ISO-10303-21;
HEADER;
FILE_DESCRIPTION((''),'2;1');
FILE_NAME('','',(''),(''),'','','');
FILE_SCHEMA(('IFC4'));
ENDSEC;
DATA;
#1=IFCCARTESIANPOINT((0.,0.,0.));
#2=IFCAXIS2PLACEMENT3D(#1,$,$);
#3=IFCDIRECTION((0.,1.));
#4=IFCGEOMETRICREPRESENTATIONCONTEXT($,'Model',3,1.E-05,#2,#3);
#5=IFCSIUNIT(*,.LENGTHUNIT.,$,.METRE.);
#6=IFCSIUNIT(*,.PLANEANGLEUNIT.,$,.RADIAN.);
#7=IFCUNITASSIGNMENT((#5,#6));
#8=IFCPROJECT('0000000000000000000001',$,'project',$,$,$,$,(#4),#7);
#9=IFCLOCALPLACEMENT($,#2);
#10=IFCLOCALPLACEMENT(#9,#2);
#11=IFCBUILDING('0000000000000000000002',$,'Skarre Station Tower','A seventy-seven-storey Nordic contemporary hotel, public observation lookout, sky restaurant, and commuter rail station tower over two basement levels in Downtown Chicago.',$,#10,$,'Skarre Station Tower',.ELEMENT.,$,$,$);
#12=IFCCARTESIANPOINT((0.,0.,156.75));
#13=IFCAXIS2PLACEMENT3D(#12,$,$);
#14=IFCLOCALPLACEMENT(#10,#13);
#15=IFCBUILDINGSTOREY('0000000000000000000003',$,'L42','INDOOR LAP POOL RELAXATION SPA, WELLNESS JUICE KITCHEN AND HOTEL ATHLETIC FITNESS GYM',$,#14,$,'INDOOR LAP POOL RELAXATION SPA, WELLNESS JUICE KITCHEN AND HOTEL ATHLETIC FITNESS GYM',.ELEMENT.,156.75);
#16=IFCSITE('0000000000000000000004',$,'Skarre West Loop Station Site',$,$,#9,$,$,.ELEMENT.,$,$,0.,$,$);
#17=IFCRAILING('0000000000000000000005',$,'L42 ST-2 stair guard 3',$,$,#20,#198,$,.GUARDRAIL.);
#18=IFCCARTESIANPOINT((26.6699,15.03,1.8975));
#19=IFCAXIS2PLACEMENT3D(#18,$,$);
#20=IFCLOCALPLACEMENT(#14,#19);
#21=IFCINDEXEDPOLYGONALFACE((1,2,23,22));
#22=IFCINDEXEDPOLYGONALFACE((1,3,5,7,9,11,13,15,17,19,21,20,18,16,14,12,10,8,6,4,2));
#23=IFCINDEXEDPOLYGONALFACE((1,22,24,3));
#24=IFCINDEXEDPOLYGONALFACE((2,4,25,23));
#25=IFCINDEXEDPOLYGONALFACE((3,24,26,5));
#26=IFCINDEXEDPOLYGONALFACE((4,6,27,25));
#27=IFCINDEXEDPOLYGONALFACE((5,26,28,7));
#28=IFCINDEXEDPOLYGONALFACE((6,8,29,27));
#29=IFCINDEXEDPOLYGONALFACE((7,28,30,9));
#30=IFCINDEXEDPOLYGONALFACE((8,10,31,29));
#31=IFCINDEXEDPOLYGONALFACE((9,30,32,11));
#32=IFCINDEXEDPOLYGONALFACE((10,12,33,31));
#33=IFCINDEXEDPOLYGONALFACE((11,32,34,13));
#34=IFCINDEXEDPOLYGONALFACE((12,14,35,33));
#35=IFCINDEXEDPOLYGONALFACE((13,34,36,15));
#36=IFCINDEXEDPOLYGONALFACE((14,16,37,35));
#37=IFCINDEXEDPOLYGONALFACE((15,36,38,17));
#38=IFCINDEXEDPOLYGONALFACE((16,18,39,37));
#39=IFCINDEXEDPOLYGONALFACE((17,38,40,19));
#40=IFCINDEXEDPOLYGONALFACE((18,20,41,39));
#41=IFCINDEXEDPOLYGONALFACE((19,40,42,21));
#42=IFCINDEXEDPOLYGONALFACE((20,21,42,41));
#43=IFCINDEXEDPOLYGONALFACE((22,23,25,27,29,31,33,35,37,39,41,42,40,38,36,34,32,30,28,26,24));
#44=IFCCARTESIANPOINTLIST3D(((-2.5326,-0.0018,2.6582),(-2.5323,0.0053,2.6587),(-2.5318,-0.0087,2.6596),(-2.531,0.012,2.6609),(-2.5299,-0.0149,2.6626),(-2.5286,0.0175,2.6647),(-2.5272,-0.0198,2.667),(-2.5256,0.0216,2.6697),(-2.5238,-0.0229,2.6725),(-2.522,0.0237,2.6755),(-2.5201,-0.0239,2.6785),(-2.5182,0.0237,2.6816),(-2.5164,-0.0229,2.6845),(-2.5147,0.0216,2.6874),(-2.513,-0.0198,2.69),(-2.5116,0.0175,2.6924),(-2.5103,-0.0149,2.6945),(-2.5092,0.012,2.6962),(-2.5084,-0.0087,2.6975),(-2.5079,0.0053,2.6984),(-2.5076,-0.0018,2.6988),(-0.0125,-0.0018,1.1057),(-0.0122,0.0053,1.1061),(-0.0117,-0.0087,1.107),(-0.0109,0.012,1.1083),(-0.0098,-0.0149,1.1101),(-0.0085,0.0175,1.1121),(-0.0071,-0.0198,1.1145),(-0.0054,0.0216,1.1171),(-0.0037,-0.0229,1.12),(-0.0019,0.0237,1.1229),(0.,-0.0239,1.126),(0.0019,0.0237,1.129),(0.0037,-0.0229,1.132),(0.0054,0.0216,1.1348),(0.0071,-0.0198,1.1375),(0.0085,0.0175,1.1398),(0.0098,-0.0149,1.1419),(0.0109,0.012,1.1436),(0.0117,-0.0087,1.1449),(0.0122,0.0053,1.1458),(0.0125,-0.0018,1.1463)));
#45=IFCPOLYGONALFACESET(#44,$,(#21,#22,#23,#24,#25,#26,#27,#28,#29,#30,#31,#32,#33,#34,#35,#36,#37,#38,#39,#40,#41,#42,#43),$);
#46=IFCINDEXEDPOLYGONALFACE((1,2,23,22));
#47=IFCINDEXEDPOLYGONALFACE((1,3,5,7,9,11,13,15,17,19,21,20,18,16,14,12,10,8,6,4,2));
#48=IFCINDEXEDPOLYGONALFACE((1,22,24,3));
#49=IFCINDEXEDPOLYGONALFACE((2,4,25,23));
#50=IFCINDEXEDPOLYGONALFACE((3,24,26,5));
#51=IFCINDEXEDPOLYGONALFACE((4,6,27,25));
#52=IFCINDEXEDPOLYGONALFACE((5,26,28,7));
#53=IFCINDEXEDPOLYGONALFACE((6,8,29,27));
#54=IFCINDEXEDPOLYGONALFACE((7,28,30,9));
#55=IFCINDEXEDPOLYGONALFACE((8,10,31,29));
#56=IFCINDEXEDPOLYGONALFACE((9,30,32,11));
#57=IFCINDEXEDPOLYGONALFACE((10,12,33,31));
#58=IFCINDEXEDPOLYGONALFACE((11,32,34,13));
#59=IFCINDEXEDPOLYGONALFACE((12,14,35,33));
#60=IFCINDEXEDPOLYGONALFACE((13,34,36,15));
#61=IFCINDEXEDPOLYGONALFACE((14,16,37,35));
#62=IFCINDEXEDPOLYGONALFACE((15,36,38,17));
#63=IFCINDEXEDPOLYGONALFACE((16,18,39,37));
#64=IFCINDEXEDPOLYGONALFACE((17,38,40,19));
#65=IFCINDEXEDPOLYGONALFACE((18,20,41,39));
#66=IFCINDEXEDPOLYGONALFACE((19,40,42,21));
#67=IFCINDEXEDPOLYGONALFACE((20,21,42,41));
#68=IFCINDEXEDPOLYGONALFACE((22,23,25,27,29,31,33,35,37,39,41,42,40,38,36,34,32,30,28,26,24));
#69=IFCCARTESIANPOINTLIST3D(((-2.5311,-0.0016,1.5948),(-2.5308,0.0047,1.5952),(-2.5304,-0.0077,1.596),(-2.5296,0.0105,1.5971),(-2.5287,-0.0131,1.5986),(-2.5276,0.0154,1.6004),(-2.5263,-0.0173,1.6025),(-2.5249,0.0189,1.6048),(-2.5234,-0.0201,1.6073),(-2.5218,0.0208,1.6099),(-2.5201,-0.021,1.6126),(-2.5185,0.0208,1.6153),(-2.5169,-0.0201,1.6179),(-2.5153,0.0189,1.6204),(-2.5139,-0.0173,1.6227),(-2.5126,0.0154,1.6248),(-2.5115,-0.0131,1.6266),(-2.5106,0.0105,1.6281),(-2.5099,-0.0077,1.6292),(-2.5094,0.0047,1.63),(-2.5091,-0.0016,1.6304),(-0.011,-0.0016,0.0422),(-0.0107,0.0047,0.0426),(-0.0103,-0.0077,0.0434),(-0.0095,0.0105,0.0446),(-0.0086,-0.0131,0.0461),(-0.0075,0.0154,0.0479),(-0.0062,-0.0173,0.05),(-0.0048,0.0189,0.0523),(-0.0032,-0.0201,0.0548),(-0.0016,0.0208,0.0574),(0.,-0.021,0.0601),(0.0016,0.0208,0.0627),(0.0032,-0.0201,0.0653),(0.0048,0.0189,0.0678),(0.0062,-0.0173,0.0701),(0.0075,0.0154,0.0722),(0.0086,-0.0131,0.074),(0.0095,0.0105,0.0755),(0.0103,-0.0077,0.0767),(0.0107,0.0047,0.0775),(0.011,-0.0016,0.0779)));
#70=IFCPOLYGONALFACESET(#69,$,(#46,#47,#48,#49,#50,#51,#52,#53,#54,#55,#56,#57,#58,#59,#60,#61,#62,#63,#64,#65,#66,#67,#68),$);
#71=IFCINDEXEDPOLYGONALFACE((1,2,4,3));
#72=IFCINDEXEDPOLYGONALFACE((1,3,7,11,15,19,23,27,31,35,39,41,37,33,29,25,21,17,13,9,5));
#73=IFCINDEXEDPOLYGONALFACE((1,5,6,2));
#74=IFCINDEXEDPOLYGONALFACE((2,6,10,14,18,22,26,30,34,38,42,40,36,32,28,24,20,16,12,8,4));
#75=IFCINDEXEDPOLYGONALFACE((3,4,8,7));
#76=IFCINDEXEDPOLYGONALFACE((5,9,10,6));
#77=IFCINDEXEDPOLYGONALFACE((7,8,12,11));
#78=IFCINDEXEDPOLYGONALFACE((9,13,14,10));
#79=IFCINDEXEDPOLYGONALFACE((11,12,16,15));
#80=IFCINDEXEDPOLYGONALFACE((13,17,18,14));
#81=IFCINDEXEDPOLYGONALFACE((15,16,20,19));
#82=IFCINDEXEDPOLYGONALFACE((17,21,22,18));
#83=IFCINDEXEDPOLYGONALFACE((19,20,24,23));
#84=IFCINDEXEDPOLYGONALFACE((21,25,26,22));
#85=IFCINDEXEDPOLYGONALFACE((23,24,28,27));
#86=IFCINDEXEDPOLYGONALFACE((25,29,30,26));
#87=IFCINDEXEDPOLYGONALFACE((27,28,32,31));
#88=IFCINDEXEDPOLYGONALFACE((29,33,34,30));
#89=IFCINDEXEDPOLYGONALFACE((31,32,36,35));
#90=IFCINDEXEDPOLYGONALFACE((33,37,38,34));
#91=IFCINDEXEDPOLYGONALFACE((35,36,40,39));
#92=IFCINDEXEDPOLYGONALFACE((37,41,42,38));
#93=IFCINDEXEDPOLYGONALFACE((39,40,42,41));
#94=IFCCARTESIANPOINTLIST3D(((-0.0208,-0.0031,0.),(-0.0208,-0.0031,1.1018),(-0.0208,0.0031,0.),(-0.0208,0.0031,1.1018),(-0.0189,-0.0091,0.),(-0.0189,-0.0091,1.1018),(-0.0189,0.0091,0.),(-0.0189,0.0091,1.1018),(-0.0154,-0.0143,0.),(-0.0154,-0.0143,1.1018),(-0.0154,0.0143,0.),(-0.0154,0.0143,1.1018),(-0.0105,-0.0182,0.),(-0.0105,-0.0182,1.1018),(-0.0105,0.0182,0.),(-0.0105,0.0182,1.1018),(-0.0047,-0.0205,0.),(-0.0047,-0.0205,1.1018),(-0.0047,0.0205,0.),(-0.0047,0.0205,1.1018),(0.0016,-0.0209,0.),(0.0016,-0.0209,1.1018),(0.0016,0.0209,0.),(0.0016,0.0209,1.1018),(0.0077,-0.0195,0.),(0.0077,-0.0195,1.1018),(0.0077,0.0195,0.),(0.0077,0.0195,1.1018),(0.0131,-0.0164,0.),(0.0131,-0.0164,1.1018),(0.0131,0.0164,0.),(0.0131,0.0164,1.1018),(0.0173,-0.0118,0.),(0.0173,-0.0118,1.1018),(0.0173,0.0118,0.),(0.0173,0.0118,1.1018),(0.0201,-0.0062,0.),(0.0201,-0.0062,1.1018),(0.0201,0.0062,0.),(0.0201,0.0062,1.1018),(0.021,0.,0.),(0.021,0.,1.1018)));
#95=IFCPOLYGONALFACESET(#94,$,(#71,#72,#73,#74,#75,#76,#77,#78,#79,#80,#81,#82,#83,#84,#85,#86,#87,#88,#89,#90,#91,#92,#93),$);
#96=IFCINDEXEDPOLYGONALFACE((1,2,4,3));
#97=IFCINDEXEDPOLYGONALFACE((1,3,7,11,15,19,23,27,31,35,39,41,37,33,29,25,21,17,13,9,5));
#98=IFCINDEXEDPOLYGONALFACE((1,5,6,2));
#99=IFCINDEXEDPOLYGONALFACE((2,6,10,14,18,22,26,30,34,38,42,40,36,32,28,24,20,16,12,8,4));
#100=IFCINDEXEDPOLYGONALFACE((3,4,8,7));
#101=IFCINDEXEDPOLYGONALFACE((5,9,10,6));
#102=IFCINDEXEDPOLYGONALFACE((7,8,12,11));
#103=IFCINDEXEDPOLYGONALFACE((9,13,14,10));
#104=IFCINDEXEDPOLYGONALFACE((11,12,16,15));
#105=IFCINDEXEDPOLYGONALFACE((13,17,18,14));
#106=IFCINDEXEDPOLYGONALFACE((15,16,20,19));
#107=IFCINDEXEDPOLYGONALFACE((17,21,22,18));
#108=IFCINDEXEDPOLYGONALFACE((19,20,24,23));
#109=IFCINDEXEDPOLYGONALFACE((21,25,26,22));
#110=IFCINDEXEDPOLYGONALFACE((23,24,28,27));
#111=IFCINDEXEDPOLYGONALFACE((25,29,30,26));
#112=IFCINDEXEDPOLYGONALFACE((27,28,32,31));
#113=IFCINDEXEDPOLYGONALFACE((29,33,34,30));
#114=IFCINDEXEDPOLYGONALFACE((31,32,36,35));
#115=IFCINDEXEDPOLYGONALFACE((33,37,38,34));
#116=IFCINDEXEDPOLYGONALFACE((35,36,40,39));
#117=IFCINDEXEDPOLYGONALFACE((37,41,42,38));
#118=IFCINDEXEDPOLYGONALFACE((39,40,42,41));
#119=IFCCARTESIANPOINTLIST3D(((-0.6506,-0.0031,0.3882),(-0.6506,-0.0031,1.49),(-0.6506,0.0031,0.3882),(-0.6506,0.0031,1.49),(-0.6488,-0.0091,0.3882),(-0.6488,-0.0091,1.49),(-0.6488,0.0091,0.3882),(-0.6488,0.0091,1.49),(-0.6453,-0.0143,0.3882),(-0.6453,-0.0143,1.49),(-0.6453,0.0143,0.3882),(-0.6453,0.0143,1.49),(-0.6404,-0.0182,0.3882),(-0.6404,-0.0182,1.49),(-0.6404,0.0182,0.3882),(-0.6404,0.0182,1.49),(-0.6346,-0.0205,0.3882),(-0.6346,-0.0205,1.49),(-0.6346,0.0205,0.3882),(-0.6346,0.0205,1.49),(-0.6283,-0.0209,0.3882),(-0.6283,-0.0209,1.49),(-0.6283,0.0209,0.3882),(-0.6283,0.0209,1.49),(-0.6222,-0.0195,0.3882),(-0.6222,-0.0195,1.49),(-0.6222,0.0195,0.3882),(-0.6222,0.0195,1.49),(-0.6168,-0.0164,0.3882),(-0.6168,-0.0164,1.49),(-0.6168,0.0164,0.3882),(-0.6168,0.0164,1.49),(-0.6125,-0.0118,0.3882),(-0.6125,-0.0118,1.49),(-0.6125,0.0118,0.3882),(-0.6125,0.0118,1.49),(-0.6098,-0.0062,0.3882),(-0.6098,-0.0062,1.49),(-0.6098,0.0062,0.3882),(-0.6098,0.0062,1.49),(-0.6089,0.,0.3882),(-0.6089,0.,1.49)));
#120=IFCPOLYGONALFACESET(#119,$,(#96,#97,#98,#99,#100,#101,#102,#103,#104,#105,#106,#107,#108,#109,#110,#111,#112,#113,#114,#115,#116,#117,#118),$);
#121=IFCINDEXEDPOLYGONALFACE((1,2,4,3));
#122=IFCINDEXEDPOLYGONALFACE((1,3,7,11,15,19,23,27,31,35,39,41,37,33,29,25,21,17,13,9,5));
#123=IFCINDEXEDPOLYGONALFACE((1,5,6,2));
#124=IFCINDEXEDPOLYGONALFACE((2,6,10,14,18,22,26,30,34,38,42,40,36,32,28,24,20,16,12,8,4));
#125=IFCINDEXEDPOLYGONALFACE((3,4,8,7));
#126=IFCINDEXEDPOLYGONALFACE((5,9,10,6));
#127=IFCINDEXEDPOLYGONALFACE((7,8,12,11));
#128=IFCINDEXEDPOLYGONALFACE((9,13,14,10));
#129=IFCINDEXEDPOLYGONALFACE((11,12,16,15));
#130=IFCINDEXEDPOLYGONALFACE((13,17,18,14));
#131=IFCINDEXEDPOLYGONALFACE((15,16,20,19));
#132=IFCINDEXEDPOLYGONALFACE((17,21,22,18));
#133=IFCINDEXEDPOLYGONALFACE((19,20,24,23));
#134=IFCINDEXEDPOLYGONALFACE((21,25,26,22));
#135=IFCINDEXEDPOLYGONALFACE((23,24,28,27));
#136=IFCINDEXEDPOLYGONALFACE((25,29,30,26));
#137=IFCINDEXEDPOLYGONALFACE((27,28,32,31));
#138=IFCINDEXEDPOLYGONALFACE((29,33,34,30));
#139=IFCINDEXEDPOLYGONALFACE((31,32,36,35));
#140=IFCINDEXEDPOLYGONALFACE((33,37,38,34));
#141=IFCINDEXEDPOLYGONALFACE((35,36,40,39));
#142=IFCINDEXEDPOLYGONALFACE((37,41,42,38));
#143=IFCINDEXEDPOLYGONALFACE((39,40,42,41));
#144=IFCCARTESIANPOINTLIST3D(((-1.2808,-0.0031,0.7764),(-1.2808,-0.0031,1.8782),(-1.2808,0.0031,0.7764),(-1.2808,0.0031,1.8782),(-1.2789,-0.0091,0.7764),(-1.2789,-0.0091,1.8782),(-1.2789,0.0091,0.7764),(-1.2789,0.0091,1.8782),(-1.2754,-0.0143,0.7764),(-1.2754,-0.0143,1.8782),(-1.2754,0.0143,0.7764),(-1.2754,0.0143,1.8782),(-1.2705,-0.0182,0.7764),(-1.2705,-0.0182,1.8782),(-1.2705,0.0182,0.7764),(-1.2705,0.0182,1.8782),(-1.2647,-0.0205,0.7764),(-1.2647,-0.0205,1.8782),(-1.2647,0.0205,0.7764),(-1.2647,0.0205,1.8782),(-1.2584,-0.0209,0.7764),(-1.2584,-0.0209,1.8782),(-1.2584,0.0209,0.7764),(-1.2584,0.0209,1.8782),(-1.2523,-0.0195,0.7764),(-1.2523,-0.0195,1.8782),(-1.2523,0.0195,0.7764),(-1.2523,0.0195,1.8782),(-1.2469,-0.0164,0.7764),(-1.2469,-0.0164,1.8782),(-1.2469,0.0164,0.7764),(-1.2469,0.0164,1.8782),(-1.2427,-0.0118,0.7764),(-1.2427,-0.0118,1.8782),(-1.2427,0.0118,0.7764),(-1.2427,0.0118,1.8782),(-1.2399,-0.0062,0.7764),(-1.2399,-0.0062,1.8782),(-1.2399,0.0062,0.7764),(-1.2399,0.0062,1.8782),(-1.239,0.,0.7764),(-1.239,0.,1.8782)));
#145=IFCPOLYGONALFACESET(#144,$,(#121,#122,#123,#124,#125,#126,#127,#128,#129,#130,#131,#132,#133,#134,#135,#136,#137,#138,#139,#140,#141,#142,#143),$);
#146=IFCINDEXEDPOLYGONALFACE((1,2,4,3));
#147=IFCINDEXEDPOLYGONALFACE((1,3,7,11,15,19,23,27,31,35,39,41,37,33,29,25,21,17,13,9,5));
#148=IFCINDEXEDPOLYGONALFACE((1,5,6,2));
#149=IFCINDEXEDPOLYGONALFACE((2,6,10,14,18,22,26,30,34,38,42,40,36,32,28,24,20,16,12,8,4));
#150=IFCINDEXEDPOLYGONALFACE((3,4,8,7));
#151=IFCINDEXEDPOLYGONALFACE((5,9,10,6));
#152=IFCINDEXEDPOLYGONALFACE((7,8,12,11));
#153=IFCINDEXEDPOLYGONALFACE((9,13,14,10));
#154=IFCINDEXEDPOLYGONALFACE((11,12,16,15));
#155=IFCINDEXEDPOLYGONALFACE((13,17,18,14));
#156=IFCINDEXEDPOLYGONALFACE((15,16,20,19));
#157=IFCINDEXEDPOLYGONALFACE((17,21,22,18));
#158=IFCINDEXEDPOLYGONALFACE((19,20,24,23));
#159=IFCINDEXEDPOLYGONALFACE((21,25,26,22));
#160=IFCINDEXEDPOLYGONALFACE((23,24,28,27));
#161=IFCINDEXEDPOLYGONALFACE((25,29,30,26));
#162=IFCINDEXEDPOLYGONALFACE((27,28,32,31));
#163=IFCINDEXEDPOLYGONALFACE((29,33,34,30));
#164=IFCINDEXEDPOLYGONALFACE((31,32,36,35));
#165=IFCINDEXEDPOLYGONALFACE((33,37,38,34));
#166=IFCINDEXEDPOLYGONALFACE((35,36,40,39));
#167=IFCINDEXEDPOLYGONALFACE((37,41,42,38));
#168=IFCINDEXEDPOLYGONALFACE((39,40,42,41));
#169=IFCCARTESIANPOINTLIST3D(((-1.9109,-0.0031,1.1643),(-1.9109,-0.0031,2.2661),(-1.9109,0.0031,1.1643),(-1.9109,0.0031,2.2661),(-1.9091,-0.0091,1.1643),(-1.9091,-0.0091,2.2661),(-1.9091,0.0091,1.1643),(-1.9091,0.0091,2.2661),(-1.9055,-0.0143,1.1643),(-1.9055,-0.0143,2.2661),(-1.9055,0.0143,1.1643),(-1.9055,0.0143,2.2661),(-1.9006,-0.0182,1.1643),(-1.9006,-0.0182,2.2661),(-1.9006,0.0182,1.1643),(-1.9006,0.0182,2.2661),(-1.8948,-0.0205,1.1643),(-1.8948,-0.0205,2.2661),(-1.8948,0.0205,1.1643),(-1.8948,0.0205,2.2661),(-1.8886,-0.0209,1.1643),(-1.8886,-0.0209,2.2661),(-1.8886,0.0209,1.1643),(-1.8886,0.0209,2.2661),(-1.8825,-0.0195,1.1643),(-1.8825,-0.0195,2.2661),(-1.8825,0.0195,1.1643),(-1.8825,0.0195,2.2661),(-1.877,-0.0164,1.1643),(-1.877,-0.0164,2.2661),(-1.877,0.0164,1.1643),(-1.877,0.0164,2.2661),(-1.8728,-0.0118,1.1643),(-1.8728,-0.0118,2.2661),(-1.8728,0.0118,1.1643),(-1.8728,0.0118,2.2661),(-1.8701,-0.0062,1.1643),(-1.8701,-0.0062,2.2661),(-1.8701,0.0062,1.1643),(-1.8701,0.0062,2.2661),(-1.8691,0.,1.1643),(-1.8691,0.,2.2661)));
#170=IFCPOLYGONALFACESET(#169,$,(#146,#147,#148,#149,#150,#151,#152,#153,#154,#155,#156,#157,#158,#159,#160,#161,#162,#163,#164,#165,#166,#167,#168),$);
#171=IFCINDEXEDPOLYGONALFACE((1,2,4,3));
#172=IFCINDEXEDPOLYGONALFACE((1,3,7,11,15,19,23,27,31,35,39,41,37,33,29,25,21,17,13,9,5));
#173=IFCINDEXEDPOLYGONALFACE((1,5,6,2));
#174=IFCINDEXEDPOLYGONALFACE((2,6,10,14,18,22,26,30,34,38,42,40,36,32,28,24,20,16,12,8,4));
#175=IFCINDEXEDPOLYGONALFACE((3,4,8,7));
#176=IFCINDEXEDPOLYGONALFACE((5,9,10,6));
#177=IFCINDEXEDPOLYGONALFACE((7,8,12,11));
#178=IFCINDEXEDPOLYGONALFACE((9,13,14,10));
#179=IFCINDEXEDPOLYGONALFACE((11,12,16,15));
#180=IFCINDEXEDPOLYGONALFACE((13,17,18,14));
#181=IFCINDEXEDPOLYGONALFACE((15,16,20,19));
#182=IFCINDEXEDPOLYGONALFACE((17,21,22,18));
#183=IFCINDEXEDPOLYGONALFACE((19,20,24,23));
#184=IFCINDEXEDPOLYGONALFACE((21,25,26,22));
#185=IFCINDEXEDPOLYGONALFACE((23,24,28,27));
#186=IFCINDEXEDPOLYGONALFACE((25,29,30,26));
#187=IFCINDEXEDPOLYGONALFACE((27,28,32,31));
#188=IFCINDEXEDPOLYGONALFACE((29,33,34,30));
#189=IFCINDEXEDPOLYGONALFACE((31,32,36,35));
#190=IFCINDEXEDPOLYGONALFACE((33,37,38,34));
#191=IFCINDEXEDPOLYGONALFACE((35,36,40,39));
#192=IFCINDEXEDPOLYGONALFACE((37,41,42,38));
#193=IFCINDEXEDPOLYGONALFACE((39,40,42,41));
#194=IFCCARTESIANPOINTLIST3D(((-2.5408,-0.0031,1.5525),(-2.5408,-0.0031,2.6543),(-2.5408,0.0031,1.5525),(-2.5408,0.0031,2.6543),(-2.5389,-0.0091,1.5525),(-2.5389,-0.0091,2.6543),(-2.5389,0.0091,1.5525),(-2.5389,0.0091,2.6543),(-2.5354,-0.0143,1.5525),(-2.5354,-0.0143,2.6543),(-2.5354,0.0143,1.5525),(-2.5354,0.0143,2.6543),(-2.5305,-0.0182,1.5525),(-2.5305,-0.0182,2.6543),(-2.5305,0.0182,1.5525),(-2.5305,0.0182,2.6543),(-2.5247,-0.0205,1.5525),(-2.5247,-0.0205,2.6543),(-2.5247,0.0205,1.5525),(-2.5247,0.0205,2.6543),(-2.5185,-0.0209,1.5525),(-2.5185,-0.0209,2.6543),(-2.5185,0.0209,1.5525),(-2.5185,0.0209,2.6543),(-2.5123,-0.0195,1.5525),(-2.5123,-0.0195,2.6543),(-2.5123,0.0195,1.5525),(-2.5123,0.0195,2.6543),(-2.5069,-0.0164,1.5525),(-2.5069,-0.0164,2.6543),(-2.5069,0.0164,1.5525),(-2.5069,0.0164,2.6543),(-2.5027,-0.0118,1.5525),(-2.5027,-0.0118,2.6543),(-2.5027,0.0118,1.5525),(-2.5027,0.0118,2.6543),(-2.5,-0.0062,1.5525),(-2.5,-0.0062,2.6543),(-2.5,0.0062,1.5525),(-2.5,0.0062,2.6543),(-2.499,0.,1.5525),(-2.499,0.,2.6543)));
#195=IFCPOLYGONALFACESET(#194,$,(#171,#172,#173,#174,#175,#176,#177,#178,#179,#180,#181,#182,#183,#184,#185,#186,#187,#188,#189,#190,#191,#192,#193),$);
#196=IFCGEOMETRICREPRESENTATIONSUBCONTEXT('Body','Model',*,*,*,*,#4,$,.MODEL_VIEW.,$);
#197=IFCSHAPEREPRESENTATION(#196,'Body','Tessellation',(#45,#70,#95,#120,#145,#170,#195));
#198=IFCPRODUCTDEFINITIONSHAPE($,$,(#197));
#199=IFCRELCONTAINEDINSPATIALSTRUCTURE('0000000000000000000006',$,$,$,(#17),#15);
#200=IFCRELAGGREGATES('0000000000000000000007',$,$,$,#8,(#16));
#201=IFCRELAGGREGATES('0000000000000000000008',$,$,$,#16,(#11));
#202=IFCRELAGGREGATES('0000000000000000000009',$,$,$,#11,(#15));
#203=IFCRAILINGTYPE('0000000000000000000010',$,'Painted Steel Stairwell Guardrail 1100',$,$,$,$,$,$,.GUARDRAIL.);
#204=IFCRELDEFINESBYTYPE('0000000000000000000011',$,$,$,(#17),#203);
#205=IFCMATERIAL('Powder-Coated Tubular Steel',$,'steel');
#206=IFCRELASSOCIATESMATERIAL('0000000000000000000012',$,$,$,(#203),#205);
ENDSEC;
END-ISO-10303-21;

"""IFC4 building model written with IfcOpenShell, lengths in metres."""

from ifc_helpers import new_model, si_unit, direction, frame, origin, origin_2d, place, context, subcontext, project, spatial, circle, extrude, material, type_object, element, save


model = new_model("IFC4")

# Units and contexts
model_context = context("Model", 3, precision=1e-05, world=origin(), true_north=direction((0.0, 1.0)))
body_context = subcontext(model_context, "Body", "Model", "MODEL_VIEW")
ifc_project = project(units=[si_unit("LENGTHUNIT", "METRE"), si_unit("PLANEANGLEUNIT", "RADIAN")], contexts=[model_context])

# Site, building, storey
site_placement = place(None, origin())
site = spatial("IfcSite", under=ifc_project, at=site_placement, Name="Skarre West Loop Station Site", CompositionType="ELEMENT", RefElevation=0.0)
building_placement = place(site_placement, origin())
building = spatial("IfcBuilding", under=site, at=building_placement, Name="Skarre Station Tower", Description="A seventy-seven-storey Nordic contemporary hotel, public observation lookout, sky restaurant, and commuter rail station tower over two basement levels in Downtown Chicago.", LongName="Skarre Station Tower", CompositionType="ELEMENT")
storey_placement = place(building_placement, frame((0.0, 0.0, 156.75)))
storey = spatial("IfcBuildingStorey", under=building, at=storey_placement, Name="L42", Description="INDOOR LAP POOL RELAXATION SPA, WELLNESS JUICE KITCHEN AND HOTEL ATHLETIC FITNESS GYM", LongName="INDOOR LAP POOL RELAXATION SPA, WELLNESS JUICE KITCHEN AND HOTEL ATHLETIC FITNESS GYM", CompositionType="ELEMENT", Elevation=156.75)

# Railing
ifc_material_1 = material(Name="Powder-Coated Tubular Steel", Category="steel")
railing_type_1 = type_object("IfcRailingType", Name="Painted Steel Stairwell Guardrail 1100", PredefinedType="GUARDRAIL", material=ifc_material_1)
railing_1_placement = place(storey_placement, frame((26.6699, 15.03, 1.8975)))
element("IfcRailing", 1, at=railing_1_placement, inside=storey, type_object=railing_type_1, Name="L42 ST-2 stair guard 3", PredefinedType="GUARDRAIL", context=body_context, shape_type="SweptSolid", body=[
    extrude(circle(Radius=0.0239, at=origin_2d()), frame((0.0, 0.0, 1.126), z_axis=(-0.8514, 0.0, 0.524516), x_axis=(0.0, -1.0, 0.0)), (0.0, 0.0, 1.0), 2.96),
    extrude(circle(Radius=0.021, at=origin_2d()), frame((0.0, 0.0, 0.0601), z_axis=(-0.8514, 0.0, 0.524516), x_axis=(0.0, -1.0, 0.0)), (0.0, 0.0, 1.0), 2.96),
    extrude(circle(Radius=0.021, at=origin_2d()), origin(), (0.0, 0.0, 1.0), 1.1018),
    extrude(circle(Radius=0.021, at=origin_2d()), frame((-0.6299, 0.0, 0.3882)), (0.0, 0.0, 1.0), 1.1018),
    extrude(circle(Radius=0.021, at=origin_2d()), frame((-1.26, 0.0, 0.7764)), (0.0, 0.0, 1.0), 1.1018),
    extrude(circle(Radius=0.021, at=origin_2d()), frame((-1.8901, 0.0, 1.1643)), (0.0, 0.0, 1.0), 1.1018),
    extrude(circle(Radius=0.021, at=origin_2d()), frame((-2.52, 0.0, 1.5525)), (0.0, 0.0, 1.0), 1.1018),
])

save(model, "model.ifc")
